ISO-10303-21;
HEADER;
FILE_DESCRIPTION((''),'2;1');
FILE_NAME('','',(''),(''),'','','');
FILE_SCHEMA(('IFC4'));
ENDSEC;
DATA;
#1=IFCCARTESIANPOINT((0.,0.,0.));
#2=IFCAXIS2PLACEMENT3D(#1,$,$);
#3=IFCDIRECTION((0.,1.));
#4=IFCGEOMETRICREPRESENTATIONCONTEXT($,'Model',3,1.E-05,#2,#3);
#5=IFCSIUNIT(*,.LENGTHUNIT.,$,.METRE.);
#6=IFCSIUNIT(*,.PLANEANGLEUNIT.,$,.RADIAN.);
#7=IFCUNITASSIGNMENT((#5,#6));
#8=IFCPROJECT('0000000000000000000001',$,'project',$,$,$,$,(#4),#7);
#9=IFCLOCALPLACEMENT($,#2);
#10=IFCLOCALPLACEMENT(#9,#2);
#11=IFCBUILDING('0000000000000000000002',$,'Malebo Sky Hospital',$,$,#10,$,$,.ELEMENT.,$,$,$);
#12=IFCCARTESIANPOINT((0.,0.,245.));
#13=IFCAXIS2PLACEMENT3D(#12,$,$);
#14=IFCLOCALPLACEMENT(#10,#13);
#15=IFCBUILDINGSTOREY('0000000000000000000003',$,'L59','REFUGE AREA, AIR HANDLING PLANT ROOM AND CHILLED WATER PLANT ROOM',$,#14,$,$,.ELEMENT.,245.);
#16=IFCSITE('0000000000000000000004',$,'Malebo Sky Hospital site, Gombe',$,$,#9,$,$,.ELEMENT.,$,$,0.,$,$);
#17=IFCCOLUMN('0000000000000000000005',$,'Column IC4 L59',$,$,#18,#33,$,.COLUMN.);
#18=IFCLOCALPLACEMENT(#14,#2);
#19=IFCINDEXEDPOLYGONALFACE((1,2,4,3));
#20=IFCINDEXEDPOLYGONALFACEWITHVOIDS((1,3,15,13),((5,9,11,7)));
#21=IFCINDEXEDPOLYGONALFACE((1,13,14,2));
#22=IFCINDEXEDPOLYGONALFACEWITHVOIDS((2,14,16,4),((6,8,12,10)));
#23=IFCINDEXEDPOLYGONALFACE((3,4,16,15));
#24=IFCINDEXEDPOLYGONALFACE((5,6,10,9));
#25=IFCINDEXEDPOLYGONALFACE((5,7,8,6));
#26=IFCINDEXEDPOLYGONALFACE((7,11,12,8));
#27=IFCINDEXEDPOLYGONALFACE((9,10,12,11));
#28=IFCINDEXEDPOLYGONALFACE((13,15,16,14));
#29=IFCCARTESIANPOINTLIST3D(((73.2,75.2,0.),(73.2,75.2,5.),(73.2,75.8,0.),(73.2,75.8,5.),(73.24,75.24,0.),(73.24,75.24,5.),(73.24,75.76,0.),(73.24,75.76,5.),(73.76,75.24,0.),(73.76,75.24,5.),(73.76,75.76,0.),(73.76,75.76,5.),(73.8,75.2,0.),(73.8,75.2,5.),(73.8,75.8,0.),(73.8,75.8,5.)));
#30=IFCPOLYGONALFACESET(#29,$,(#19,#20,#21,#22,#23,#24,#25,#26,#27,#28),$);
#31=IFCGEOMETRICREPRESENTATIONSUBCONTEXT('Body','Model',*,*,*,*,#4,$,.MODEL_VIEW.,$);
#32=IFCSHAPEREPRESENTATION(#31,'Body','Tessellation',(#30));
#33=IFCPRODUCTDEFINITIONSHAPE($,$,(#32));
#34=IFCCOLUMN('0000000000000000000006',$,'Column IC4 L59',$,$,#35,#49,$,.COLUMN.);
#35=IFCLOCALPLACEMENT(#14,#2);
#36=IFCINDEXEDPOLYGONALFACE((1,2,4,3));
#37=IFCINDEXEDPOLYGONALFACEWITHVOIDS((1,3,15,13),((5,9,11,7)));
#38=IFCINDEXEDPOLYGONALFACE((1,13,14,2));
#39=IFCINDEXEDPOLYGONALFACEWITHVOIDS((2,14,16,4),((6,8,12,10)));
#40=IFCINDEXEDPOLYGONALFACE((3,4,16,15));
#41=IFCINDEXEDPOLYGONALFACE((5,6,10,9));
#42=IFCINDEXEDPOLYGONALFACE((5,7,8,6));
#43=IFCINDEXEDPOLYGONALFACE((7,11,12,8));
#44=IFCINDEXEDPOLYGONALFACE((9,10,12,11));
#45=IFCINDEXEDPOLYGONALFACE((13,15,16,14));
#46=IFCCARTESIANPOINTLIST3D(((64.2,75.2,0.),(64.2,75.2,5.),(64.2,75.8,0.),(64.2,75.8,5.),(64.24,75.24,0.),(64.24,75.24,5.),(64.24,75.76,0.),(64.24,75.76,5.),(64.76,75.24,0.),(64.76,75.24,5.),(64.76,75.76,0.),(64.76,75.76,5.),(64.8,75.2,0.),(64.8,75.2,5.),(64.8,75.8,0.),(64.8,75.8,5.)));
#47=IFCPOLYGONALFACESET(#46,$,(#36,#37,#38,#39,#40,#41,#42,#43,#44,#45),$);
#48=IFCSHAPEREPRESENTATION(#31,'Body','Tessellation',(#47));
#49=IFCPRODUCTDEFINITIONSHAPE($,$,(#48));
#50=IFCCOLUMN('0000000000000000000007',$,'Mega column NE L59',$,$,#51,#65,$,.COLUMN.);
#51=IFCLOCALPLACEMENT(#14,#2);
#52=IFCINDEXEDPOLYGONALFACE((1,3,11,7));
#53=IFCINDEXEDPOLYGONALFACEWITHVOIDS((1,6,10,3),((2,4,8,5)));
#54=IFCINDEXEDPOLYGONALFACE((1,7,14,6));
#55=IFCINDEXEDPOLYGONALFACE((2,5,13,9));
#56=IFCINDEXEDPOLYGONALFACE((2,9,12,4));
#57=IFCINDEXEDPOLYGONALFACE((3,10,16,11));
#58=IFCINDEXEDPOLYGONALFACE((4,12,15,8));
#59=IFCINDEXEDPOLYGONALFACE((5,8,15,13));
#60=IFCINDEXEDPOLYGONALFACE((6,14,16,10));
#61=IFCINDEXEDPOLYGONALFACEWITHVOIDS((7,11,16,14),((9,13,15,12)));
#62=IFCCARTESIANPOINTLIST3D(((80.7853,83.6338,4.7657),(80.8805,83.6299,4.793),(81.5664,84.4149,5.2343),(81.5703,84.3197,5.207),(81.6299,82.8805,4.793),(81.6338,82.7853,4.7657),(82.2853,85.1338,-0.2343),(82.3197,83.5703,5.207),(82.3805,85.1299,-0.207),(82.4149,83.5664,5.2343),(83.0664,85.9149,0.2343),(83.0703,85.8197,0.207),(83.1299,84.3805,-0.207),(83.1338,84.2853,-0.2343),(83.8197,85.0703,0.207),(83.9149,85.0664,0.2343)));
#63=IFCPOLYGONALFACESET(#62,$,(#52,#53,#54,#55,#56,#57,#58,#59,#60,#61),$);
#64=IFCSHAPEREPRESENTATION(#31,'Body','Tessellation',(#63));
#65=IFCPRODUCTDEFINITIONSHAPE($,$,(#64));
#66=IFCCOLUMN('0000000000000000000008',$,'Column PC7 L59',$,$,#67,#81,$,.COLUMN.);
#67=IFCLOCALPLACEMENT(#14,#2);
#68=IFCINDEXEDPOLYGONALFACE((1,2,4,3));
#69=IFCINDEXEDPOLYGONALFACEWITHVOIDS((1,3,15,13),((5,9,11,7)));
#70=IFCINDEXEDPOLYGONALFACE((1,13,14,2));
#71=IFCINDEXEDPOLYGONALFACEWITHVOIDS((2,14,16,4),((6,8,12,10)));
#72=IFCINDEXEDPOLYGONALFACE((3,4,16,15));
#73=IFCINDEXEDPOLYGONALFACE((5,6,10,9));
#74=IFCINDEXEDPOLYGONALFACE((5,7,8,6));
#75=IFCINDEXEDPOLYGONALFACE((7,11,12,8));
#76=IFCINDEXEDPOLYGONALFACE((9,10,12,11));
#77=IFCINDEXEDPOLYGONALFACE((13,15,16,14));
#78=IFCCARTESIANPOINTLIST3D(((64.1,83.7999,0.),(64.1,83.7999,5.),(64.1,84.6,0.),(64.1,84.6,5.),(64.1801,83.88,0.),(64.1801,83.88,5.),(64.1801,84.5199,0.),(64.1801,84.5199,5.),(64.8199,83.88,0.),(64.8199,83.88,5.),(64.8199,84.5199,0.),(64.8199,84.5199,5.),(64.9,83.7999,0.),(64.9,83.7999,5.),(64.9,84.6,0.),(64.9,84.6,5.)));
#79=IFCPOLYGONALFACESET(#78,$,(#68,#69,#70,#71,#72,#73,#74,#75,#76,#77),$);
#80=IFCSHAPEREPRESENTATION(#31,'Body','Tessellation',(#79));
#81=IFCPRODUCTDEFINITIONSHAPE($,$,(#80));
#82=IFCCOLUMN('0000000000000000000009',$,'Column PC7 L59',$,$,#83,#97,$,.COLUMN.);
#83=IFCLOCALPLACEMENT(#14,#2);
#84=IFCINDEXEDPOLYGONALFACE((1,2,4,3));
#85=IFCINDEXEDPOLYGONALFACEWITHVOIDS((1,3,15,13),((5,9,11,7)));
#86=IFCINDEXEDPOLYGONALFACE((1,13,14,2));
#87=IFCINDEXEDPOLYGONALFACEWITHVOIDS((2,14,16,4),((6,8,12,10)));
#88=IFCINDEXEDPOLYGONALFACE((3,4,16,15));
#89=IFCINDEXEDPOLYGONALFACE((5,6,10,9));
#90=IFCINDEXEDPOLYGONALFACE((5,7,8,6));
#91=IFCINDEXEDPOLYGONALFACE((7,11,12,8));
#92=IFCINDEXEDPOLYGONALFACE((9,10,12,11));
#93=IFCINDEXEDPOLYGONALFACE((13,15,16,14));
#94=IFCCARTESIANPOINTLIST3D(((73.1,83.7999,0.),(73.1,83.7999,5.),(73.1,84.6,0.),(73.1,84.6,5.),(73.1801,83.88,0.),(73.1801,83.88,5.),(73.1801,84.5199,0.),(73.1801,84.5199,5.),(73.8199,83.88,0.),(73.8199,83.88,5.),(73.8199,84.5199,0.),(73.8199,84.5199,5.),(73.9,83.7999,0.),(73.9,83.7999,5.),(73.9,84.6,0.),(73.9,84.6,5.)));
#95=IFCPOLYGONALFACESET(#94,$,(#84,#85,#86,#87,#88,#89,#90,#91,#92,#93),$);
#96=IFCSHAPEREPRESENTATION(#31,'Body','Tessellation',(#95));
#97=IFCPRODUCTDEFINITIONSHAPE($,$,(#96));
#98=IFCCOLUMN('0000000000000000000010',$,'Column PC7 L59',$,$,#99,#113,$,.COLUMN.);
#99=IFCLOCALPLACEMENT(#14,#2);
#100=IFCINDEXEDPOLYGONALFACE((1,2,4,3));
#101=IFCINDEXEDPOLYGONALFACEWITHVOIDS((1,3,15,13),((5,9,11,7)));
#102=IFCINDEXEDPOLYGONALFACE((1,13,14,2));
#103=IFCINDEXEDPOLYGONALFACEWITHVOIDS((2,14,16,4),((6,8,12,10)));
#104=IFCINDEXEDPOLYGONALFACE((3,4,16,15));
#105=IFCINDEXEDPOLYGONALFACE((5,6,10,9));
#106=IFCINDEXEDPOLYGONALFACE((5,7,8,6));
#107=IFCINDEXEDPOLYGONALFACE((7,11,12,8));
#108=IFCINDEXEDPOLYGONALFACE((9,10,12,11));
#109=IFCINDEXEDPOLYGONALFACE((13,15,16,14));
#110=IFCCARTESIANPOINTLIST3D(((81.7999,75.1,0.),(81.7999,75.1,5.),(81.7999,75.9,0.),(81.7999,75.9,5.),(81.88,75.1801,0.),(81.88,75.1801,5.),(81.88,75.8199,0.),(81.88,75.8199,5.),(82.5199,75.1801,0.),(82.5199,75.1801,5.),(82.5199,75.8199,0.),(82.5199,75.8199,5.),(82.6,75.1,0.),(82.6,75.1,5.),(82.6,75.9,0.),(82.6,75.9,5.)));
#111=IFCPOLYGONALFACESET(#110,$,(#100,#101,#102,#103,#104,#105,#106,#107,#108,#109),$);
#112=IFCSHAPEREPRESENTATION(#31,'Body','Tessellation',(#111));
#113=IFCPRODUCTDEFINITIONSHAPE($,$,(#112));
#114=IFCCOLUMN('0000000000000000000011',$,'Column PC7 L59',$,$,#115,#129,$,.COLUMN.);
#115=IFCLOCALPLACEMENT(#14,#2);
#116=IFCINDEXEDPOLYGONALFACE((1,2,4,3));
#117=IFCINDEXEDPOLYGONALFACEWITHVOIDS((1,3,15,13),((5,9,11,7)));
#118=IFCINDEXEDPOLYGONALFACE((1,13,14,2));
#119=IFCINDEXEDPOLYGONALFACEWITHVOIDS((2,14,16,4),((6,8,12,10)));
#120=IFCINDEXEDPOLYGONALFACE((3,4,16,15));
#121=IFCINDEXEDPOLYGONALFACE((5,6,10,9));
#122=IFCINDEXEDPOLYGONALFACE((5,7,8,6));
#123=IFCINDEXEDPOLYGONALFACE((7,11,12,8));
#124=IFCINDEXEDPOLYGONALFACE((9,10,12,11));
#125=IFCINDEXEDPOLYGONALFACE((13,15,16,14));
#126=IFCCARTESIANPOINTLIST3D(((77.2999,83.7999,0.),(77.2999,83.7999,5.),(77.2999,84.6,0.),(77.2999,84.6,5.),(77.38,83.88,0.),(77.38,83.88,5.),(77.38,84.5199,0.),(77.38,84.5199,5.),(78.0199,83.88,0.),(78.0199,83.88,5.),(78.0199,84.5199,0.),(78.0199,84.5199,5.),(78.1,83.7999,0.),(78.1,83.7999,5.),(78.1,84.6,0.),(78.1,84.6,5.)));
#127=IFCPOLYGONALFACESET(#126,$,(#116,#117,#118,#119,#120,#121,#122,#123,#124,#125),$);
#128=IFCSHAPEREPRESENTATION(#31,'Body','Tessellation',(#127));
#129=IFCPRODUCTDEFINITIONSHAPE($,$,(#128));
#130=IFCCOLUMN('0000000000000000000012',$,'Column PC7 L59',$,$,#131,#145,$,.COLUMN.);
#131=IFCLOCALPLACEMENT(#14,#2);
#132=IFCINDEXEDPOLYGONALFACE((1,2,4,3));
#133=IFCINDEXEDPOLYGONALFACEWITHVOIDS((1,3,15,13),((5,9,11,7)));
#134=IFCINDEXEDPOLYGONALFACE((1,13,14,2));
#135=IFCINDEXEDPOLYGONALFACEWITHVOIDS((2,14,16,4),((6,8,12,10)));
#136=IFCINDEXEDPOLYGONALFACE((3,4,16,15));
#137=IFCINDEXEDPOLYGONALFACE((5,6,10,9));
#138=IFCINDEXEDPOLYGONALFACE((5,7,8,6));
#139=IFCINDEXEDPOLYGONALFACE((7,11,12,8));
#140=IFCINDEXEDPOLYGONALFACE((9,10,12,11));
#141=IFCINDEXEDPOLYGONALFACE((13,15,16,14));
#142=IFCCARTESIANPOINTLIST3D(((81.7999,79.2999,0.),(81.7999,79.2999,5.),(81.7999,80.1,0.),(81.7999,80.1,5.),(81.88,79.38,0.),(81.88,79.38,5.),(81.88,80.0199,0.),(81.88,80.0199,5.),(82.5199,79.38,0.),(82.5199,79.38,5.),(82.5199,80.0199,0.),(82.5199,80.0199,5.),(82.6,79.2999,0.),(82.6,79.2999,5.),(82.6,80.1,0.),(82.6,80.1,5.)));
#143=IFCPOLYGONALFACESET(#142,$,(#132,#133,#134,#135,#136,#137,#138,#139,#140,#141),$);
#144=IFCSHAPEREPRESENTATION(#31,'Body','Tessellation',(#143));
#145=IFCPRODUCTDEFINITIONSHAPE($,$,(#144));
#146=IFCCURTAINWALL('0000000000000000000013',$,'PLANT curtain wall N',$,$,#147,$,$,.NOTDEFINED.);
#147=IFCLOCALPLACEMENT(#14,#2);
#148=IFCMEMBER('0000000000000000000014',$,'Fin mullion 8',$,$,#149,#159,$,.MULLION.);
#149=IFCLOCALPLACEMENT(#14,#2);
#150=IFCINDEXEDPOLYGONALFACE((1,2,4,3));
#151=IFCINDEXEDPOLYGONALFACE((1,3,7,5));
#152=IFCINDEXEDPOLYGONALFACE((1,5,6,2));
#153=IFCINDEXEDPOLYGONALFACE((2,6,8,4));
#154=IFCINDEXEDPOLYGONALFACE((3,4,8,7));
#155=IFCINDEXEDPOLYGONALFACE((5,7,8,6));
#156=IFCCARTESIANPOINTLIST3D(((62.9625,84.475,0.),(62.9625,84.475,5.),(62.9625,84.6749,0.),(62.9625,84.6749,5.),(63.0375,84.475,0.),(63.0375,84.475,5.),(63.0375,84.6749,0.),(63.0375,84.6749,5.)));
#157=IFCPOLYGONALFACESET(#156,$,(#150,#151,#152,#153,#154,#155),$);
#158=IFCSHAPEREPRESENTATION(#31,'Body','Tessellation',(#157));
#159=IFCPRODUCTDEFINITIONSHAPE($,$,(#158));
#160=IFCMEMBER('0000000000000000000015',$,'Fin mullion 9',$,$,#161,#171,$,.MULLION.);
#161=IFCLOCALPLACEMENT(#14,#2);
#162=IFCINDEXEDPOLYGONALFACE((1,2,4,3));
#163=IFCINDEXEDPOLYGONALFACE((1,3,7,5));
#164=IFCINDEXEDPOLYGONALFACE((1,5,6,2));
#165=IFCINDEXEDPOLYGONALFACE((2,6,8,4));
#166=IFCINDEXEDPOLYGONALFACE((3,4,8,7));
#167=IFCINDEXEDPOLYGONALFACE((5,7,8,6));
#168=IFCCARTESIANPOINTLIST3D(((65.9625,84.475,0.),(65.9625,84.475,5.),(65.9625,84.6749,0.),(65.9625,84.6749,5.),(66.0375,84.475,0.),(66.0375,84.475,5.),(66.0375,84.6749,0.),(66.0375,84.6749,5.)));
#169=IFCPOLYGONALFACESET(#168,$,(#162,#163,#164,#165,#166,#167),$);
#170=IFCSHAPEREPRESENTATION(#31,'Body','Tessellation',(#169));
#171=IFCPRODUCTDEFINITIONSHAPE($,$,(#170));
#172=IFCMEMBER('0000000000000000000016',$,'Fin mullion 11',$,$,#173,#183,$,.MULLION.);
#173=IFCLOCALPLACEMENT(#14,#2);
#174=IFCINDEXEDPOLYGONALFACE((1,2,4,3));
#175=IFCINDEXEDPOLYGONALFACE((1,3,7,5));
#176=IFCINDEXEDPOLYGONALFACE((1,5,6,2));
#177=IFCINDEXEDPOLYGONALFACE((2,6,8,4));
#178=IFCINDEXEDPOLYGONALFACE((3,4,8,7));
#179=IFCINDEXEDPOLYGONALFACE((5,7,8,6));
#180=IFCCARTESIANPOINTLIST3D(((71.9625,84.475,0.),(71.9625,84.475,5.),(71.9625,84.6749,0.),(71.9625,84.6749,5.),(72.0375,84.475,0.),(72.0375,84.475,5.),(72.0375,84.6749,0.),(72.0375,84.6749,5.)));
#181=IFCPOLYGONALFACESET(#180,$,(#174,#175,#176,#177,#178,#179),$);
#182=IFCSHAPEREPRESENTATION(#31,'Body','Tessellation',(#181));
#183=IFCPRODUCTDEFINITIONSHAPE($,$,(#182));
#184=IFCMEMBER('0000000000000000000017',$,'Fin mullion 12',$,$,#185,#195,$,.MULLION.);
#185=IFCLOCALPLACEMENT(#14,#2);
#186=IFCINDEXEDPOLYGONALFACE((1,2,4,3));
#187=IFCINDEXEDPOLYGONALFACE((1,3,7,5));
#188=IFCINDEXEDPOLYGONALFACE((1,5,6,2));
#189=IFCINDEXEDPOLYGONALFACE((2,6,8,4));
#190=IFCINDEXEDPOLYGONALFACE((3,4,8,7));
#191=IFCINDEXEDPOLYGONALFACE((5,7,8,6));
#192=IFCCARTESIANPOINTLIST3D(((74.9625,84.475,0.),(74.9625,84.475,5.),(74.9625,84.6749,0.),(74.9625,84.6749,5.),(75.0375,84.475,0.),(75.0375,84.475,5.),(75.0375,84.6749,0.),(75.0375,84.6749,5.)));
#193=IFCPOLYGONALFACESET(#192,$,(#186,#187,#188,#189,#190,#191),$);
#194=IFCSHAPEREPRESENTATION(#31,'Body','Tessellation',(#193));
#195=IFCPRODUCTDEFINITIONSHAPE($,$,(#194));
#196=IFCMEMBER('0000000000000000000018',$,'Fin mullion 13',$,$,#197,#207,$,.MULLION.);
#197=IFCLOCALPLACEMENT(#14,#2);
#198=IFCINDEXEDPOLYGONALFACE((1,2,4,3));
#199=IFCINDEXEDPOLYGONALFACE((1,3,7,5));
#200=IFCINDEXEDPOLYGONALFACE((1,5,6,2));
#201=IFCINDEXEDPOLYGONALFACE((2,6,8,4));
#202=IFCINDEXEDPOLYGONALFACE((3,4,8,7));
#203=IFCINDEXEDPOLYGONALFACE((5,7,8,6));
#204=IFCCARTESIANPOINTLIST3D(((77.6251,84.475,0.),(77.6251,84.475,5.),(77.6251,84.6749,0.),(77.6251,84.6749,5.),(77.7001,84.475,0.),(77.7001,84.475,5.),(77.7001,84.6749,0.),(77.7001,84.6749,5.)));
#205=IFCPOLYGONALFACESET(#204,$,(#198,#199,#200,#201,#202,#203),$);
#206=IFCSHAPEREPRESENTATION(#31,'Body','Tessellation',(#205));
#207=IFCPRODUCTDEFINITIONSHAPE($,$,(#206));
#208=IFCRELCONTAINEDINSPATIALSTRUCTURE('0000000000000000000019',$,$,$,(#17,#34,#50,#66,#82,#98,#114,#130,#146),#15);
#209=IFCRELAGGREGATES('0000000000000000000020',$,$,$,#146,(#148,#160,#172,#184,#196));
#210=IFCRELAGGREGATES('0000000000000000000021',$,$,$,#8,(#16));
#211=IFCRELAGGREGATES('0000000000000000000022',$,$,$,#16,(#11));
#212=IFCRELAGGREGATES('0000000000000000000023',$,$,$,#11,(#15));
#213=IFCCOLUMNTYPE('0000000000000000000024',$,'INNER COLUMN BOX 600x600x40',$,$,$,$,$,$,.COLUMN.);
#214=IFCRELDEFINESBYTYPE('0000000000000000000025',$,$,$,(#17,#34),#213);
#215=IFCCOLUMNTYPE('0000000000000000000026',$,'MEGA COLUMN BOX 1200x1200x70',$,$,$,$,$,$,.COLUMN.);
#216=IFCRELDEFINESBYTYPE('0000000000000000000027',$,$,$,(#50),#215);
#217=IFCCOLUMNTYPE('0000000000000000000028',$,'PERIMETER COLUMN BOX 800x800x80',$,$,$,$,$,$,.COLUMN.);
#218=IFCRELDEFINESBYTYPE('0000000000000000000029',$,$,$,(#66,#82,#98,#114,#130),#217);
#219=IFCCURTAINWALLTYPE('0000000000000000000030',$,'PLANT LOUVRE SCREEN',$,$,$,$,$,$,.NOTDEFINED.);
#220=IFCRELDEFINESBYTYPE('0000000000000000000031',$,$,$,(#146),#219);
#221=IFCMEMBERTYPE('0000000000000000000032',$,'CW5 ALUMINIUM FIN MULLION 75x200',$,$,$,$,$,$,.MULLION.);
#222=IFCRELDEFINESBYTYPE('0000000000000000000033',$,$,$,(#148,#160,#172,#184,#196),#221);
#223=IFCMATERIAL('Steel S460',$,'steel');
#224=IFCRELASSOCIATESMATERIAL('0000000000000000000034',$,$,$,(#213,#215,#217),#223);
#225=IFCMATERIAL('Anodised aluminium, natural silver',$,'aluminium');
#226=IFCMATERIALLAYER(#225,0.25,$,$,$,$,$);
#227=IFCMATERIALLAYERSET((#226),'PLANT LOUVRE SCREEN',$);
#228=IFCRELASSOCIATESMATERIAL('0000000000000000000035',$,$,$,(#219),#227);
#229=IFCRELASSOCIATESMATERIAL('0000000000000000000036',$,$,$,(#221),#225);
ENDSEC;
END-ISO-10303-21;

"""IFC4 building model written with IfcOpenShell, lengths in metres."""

from ifc_helpers import new_model, si_unit, direction, frame, origin, origin_2d, place, context, subcontext, project, spatial, rectangle, hollow_rectangle, extrude, material, layer, layer_set, material_profile, profile_set, type_object, element, aggregate, save


model = new_model("IFC4")

# Units and contexts
model_context = context("Model", 3, precision=1e-05, world=origin(), true_north=direction((0.0, 1.0)))
body_context = subcontext(model_context, "Body", "Model", "MODEL_VIEW")
ifc_project = project(units=[si_unit("LENGTHUNIT", "METRE"), si_unit("PLANEANGLEUNIT", "RADIAN")], contexts=[model_context])

# Site, building, storey
site_placement = place(None, origin())
site = spatial("IfcSite", under=ifc_project, at=site_placement, Name="Malebo Sky Hospital site, Gombe", CompositionType="ELEMENT", RefElevation=0.0)
building_placement = place(site_placement, origin())
building = spatial("IfcBuilding", under=site, at=building_placement, Name="Malebo Sky Hospital", CompositionType="ELEMENT")
storey_placement = place(building_placement, frame((0.0, 0.0, 245.0)))
storey = spatial("IfcBuildingStorey", under=building, at=storey_placement, Name="L59", Description="REFUGE AREA, AIR HANDLING PLANT ROOM AND CHILLED WATER PLANT ROOM", CompositionType="ELEMENT", Elevation=245.0)

# Columns
ifc_material_1 = material(Name="Steel S460", Category="steel")
ifc_material_profile_1 = material_profile(ifc_material_1, hollow_rectangle(XDim=0.6001, YDim=0.6001, WallThickness=0.04, at=origin_2d()), Name="BOX 600x600x40")
ifc_profile_set_1 = profile_set([ifc_material_profile_1], Name="Steel S460")
column_type_1 = type_object("IfcColumnType", Name="INNER COLUMN BOX 600x600x40", PredefinedType="COLUMN", material=ifc_profile_set_1)
for number, where, z_axis, x_axis, name in (
    (1, (73.5, 75.5, 0.0), (0.0, 0.0, 1.0), (1.0, 0.0, 0.0), "Column IC4 L59"),
    (2, (64.5, 75.5, 0.0), (0.0, 0.0, 1.0), (1.0, 0.0, 0.0), "Column IC4 L59"),
):
    element("IfcColumn", number, at=place(storey_placement, frame(where, z_axis=z_axis, x_axis=x_axis)), inside=storey, type_object=column_type_1, Name=name, PredefinedType="COLUMN", context=body_context, shape_type="SweptSolid", body=[
        extrude(hollow_rectangle(XDim=0.6001, YDim=0.6001, WallThickness=0.04, at=origin_2d()), origin(), (0.0, 0.0, 1.0), 5.0),
    ])
ifc_material_profile_2 = material_profile(ifc_material_1, hollow_rectangle(XDim=1.2, YDim=1.2, WallThickness=0.0701, at=origin_2d()), Name="BOX 1200x1200x70")
ifc_profile_set_2 = profile_set([ifc_material_profile_2], Name="Steel S460")
column_type_2 = type_object("IfcColumnType", Name="MEGA COLUMN BOX 1200x1200x70", PredefinedType="COLUMN", material=ifc_profile_set_2)
column_placement = place(storey_placement, frame((83.1001, 85.1001, 0.0), z_axis=(-0.276172, -0.276172, 0.920575), x_axis=(0.707107, -0.707107, 0.0)))
element("IfcColumn", 3, at=column_placement, inside=storey, type_object=column_type_2, Name="Mega column NE L59", PredefinedType="COLUMN", context=body_context, shape_type="SweptSolid", body=[
    extrude(hollow_rectangle(XDim=1.2, YDim=1.2, WallThickness=0.0701, at=origin_2d()), origin(), (0.0, 0.0, 1.0), 5.4314),
])
ifc_material_profile_3 = material_profile(ifc_material_1, hollow_rectangle(XDim=0.8, YDim=0.8, WallThickness=0.0801, at=origin_2d()), Name="BOX 800x800x80")
ifc_profile_set_3 = profile_set([ifc_material_profile_3], Name="Steel S460")
column_type_3 = type_object("IfcColumnType", Name="PERIMETER COLUMN BOX 800x800x80", PredefinedType="COLUMN", material=ifc_profile_set_3)
for number, where, z_axis, x_axis, name in (
    (4, (64.5, 84.2, 0.0), (0.0, 0.0, 1.0), (1.0, 0.0, 0.0), "Column PC7 L59"),
    (5, (73.5, 84.2, 0.0), (0.0, 0.0, 1.0), (1.0, 0.0, 0.0), "Column PC7 L59"),
    (6, (82.2, 75.5, 0.0), (0.0, 0.0, 1.0), (1.0, 0.0, 0.0), "Column PC7 L59"),
    (7, (77.7, 84.2, 0.0), (0.0, 0.0, 1.0), (1.0, 0.0, 0.0), "Column PC7 L59"),
    (8, (82.2, 79.7, 0.0), (0.0, 0.0, 1.0), (1.0, 0.0, 0.0), "Column PC7 L59"),
):
    element("IfcColumn", number, at=place(storey_placement, frame(where, z_axis=z_axis, x_axis=x_axis)), inside=storey, type_object=column_type_3, Name=name, PredefinedType="COLUMN", context=body_context, shape_type="SweptSolid", body=[
        extrude(hollow_rectangle(XDim=0.8, YDim=0.8, WallThickness=0.0801, at=origin_2d()), origin(), (0.0, 0.0, 1.0), 5.0),
    ])

# Curtain wall, members
ifc_material_2 = material(Name="Anodised aluminium, natural silver", Category="aluminium")
ifc_layer_1 = layer(ifc_material_2, 0.25)
ifc_layer_set_1 = layer_set([ifc_layer_1], Name="PLANT LOUVRE SCREEN")
curtain_wall_type = type_object("IfcCurtainWallType", Name="PLANT LOUVRE SCREEN", PredefinedType="NOTDEFINED", material=ifc_layer_set_1)
curtain_wall_1_placement = place(storey_placement, origin())
curtain_wall_1 = element("IfcCurtainWall", 9, at=curtain_wall_1_placement, inside=storey, type_object=curtain_wall_type, Name="PLANT curtain wall N", PredefinedType="NOTDEFINED")
ifc_material_profile_4 = material_profile(ifc_material_2, rectangle(XDim=0.075, YDim=0.2, at=origin_2d()), Name="CW5 ALUMINIUM FIN MULLION 75x200")
ifc_profile_set_4 = profile_set([ifc_material_profile_4], Name="Anodised aluminium, natural silver")
member_type_1 = type_object("IfcMemberType", Name="CW5 ALUMINIUM FIN MULLION 75x200", PredefinedType="MULLION", material=ifc_profile_set_4)
member_1_placement = place(storey_placement, frame((63.0, 84.575, 0.0), z_axis=(0.0, 0.0, 1.0), x_axis=(1.0, 0.0, 0.0)))
member_1 = element("IfcMember", 10, at=member_1_placement, type_object=member_type_1, Name="Fin mullion 8", PredefinedType="MULLION", context=body_context, shape_type="SweptSolid", body=[
    extrude(rectangle(XDim=0.075, YDim=0.2, at=origin_2d()), origin(), (0.0, 0.0, 1.0), 5.0),
])
member_2_placement = place(storey_placement, frame((66.0, 84.575, 0.0), z_axis=(0.0, 0.0, 1.0), x_axis=(1.0, 0.0, 0.0)))
member_2 = element("IfcMember", 11, at=member_2_placement, type_object=member_type_1, Name="Fin mullion 9", PredefinedType="MULLION", context=body_context, shape_type="SweptSolid", body=[
    extrude(rectangle(XDim=0.075, YDim=0.2, at=origin_2d()), origin(), (0.0, 0.0, 1.0), 5.0),
])
member_3_placement = place(storey_placement, frame((72.0, 84.575, 0.0), z_axis=(0.0, 0.0, 1.0), x_axis=(1.0, 0.0, 0.0)))
member_3 = element("IfcMember", 12, at=member_3_placement, type_object=member_type_1, Name="Fin mullion 11", PredefinedType="MULLION", context=body_context, shape_type="SweptSolid", body=[
    extrude(rectangle(XDim=0.075, YDim=0.2, at=origin_2d()), origin(), (0.0, 0.0, 1.0), 5.0),
])
member_4_placement = place(storey_placement, frame((75.0, 84.575, 0.0), z_axis=(0.0, 0.0, 1.0), x_axis=(1.0, 0.0, 0.0)))
member_4 = element("IfcMember", 13, at=member_4_placement, type_object=member_type_1, Name="Fin mullion 12", PredefinedType="MULLION", context=body_context, shape_type="SweptSolid", body=[
    extrude(rectangle(XDim=0.075, YDim=0.2, at=origin_2d()), origin(), (0.0, 0.0, 1.0), 5.0),
])
member_5_placement = place(storey_placement, frame((77.6626, 84.575, 0.0), z_axis=(0.0, 0.0, 1.0), x_axis=(1.0, 0.0, 0.0)))
member_5 = element("IfcMember", 14, at=member_5_placement, type_object=member_type_1, Name="Fin mullion 13", PredefinedType="MULLION", context=body_context, shape_type="SweptSolid", body=[
    extrude(rectangle(XDim=0.075, YDim=0.2, at=origin_2d()), origin(), (0.0, 0.0, 1.0), 5.0),
])

aggregate(curtain_wall_1, [member_1, member_2, member_3, member_4, member_5])

save(model, "model.ifc")
